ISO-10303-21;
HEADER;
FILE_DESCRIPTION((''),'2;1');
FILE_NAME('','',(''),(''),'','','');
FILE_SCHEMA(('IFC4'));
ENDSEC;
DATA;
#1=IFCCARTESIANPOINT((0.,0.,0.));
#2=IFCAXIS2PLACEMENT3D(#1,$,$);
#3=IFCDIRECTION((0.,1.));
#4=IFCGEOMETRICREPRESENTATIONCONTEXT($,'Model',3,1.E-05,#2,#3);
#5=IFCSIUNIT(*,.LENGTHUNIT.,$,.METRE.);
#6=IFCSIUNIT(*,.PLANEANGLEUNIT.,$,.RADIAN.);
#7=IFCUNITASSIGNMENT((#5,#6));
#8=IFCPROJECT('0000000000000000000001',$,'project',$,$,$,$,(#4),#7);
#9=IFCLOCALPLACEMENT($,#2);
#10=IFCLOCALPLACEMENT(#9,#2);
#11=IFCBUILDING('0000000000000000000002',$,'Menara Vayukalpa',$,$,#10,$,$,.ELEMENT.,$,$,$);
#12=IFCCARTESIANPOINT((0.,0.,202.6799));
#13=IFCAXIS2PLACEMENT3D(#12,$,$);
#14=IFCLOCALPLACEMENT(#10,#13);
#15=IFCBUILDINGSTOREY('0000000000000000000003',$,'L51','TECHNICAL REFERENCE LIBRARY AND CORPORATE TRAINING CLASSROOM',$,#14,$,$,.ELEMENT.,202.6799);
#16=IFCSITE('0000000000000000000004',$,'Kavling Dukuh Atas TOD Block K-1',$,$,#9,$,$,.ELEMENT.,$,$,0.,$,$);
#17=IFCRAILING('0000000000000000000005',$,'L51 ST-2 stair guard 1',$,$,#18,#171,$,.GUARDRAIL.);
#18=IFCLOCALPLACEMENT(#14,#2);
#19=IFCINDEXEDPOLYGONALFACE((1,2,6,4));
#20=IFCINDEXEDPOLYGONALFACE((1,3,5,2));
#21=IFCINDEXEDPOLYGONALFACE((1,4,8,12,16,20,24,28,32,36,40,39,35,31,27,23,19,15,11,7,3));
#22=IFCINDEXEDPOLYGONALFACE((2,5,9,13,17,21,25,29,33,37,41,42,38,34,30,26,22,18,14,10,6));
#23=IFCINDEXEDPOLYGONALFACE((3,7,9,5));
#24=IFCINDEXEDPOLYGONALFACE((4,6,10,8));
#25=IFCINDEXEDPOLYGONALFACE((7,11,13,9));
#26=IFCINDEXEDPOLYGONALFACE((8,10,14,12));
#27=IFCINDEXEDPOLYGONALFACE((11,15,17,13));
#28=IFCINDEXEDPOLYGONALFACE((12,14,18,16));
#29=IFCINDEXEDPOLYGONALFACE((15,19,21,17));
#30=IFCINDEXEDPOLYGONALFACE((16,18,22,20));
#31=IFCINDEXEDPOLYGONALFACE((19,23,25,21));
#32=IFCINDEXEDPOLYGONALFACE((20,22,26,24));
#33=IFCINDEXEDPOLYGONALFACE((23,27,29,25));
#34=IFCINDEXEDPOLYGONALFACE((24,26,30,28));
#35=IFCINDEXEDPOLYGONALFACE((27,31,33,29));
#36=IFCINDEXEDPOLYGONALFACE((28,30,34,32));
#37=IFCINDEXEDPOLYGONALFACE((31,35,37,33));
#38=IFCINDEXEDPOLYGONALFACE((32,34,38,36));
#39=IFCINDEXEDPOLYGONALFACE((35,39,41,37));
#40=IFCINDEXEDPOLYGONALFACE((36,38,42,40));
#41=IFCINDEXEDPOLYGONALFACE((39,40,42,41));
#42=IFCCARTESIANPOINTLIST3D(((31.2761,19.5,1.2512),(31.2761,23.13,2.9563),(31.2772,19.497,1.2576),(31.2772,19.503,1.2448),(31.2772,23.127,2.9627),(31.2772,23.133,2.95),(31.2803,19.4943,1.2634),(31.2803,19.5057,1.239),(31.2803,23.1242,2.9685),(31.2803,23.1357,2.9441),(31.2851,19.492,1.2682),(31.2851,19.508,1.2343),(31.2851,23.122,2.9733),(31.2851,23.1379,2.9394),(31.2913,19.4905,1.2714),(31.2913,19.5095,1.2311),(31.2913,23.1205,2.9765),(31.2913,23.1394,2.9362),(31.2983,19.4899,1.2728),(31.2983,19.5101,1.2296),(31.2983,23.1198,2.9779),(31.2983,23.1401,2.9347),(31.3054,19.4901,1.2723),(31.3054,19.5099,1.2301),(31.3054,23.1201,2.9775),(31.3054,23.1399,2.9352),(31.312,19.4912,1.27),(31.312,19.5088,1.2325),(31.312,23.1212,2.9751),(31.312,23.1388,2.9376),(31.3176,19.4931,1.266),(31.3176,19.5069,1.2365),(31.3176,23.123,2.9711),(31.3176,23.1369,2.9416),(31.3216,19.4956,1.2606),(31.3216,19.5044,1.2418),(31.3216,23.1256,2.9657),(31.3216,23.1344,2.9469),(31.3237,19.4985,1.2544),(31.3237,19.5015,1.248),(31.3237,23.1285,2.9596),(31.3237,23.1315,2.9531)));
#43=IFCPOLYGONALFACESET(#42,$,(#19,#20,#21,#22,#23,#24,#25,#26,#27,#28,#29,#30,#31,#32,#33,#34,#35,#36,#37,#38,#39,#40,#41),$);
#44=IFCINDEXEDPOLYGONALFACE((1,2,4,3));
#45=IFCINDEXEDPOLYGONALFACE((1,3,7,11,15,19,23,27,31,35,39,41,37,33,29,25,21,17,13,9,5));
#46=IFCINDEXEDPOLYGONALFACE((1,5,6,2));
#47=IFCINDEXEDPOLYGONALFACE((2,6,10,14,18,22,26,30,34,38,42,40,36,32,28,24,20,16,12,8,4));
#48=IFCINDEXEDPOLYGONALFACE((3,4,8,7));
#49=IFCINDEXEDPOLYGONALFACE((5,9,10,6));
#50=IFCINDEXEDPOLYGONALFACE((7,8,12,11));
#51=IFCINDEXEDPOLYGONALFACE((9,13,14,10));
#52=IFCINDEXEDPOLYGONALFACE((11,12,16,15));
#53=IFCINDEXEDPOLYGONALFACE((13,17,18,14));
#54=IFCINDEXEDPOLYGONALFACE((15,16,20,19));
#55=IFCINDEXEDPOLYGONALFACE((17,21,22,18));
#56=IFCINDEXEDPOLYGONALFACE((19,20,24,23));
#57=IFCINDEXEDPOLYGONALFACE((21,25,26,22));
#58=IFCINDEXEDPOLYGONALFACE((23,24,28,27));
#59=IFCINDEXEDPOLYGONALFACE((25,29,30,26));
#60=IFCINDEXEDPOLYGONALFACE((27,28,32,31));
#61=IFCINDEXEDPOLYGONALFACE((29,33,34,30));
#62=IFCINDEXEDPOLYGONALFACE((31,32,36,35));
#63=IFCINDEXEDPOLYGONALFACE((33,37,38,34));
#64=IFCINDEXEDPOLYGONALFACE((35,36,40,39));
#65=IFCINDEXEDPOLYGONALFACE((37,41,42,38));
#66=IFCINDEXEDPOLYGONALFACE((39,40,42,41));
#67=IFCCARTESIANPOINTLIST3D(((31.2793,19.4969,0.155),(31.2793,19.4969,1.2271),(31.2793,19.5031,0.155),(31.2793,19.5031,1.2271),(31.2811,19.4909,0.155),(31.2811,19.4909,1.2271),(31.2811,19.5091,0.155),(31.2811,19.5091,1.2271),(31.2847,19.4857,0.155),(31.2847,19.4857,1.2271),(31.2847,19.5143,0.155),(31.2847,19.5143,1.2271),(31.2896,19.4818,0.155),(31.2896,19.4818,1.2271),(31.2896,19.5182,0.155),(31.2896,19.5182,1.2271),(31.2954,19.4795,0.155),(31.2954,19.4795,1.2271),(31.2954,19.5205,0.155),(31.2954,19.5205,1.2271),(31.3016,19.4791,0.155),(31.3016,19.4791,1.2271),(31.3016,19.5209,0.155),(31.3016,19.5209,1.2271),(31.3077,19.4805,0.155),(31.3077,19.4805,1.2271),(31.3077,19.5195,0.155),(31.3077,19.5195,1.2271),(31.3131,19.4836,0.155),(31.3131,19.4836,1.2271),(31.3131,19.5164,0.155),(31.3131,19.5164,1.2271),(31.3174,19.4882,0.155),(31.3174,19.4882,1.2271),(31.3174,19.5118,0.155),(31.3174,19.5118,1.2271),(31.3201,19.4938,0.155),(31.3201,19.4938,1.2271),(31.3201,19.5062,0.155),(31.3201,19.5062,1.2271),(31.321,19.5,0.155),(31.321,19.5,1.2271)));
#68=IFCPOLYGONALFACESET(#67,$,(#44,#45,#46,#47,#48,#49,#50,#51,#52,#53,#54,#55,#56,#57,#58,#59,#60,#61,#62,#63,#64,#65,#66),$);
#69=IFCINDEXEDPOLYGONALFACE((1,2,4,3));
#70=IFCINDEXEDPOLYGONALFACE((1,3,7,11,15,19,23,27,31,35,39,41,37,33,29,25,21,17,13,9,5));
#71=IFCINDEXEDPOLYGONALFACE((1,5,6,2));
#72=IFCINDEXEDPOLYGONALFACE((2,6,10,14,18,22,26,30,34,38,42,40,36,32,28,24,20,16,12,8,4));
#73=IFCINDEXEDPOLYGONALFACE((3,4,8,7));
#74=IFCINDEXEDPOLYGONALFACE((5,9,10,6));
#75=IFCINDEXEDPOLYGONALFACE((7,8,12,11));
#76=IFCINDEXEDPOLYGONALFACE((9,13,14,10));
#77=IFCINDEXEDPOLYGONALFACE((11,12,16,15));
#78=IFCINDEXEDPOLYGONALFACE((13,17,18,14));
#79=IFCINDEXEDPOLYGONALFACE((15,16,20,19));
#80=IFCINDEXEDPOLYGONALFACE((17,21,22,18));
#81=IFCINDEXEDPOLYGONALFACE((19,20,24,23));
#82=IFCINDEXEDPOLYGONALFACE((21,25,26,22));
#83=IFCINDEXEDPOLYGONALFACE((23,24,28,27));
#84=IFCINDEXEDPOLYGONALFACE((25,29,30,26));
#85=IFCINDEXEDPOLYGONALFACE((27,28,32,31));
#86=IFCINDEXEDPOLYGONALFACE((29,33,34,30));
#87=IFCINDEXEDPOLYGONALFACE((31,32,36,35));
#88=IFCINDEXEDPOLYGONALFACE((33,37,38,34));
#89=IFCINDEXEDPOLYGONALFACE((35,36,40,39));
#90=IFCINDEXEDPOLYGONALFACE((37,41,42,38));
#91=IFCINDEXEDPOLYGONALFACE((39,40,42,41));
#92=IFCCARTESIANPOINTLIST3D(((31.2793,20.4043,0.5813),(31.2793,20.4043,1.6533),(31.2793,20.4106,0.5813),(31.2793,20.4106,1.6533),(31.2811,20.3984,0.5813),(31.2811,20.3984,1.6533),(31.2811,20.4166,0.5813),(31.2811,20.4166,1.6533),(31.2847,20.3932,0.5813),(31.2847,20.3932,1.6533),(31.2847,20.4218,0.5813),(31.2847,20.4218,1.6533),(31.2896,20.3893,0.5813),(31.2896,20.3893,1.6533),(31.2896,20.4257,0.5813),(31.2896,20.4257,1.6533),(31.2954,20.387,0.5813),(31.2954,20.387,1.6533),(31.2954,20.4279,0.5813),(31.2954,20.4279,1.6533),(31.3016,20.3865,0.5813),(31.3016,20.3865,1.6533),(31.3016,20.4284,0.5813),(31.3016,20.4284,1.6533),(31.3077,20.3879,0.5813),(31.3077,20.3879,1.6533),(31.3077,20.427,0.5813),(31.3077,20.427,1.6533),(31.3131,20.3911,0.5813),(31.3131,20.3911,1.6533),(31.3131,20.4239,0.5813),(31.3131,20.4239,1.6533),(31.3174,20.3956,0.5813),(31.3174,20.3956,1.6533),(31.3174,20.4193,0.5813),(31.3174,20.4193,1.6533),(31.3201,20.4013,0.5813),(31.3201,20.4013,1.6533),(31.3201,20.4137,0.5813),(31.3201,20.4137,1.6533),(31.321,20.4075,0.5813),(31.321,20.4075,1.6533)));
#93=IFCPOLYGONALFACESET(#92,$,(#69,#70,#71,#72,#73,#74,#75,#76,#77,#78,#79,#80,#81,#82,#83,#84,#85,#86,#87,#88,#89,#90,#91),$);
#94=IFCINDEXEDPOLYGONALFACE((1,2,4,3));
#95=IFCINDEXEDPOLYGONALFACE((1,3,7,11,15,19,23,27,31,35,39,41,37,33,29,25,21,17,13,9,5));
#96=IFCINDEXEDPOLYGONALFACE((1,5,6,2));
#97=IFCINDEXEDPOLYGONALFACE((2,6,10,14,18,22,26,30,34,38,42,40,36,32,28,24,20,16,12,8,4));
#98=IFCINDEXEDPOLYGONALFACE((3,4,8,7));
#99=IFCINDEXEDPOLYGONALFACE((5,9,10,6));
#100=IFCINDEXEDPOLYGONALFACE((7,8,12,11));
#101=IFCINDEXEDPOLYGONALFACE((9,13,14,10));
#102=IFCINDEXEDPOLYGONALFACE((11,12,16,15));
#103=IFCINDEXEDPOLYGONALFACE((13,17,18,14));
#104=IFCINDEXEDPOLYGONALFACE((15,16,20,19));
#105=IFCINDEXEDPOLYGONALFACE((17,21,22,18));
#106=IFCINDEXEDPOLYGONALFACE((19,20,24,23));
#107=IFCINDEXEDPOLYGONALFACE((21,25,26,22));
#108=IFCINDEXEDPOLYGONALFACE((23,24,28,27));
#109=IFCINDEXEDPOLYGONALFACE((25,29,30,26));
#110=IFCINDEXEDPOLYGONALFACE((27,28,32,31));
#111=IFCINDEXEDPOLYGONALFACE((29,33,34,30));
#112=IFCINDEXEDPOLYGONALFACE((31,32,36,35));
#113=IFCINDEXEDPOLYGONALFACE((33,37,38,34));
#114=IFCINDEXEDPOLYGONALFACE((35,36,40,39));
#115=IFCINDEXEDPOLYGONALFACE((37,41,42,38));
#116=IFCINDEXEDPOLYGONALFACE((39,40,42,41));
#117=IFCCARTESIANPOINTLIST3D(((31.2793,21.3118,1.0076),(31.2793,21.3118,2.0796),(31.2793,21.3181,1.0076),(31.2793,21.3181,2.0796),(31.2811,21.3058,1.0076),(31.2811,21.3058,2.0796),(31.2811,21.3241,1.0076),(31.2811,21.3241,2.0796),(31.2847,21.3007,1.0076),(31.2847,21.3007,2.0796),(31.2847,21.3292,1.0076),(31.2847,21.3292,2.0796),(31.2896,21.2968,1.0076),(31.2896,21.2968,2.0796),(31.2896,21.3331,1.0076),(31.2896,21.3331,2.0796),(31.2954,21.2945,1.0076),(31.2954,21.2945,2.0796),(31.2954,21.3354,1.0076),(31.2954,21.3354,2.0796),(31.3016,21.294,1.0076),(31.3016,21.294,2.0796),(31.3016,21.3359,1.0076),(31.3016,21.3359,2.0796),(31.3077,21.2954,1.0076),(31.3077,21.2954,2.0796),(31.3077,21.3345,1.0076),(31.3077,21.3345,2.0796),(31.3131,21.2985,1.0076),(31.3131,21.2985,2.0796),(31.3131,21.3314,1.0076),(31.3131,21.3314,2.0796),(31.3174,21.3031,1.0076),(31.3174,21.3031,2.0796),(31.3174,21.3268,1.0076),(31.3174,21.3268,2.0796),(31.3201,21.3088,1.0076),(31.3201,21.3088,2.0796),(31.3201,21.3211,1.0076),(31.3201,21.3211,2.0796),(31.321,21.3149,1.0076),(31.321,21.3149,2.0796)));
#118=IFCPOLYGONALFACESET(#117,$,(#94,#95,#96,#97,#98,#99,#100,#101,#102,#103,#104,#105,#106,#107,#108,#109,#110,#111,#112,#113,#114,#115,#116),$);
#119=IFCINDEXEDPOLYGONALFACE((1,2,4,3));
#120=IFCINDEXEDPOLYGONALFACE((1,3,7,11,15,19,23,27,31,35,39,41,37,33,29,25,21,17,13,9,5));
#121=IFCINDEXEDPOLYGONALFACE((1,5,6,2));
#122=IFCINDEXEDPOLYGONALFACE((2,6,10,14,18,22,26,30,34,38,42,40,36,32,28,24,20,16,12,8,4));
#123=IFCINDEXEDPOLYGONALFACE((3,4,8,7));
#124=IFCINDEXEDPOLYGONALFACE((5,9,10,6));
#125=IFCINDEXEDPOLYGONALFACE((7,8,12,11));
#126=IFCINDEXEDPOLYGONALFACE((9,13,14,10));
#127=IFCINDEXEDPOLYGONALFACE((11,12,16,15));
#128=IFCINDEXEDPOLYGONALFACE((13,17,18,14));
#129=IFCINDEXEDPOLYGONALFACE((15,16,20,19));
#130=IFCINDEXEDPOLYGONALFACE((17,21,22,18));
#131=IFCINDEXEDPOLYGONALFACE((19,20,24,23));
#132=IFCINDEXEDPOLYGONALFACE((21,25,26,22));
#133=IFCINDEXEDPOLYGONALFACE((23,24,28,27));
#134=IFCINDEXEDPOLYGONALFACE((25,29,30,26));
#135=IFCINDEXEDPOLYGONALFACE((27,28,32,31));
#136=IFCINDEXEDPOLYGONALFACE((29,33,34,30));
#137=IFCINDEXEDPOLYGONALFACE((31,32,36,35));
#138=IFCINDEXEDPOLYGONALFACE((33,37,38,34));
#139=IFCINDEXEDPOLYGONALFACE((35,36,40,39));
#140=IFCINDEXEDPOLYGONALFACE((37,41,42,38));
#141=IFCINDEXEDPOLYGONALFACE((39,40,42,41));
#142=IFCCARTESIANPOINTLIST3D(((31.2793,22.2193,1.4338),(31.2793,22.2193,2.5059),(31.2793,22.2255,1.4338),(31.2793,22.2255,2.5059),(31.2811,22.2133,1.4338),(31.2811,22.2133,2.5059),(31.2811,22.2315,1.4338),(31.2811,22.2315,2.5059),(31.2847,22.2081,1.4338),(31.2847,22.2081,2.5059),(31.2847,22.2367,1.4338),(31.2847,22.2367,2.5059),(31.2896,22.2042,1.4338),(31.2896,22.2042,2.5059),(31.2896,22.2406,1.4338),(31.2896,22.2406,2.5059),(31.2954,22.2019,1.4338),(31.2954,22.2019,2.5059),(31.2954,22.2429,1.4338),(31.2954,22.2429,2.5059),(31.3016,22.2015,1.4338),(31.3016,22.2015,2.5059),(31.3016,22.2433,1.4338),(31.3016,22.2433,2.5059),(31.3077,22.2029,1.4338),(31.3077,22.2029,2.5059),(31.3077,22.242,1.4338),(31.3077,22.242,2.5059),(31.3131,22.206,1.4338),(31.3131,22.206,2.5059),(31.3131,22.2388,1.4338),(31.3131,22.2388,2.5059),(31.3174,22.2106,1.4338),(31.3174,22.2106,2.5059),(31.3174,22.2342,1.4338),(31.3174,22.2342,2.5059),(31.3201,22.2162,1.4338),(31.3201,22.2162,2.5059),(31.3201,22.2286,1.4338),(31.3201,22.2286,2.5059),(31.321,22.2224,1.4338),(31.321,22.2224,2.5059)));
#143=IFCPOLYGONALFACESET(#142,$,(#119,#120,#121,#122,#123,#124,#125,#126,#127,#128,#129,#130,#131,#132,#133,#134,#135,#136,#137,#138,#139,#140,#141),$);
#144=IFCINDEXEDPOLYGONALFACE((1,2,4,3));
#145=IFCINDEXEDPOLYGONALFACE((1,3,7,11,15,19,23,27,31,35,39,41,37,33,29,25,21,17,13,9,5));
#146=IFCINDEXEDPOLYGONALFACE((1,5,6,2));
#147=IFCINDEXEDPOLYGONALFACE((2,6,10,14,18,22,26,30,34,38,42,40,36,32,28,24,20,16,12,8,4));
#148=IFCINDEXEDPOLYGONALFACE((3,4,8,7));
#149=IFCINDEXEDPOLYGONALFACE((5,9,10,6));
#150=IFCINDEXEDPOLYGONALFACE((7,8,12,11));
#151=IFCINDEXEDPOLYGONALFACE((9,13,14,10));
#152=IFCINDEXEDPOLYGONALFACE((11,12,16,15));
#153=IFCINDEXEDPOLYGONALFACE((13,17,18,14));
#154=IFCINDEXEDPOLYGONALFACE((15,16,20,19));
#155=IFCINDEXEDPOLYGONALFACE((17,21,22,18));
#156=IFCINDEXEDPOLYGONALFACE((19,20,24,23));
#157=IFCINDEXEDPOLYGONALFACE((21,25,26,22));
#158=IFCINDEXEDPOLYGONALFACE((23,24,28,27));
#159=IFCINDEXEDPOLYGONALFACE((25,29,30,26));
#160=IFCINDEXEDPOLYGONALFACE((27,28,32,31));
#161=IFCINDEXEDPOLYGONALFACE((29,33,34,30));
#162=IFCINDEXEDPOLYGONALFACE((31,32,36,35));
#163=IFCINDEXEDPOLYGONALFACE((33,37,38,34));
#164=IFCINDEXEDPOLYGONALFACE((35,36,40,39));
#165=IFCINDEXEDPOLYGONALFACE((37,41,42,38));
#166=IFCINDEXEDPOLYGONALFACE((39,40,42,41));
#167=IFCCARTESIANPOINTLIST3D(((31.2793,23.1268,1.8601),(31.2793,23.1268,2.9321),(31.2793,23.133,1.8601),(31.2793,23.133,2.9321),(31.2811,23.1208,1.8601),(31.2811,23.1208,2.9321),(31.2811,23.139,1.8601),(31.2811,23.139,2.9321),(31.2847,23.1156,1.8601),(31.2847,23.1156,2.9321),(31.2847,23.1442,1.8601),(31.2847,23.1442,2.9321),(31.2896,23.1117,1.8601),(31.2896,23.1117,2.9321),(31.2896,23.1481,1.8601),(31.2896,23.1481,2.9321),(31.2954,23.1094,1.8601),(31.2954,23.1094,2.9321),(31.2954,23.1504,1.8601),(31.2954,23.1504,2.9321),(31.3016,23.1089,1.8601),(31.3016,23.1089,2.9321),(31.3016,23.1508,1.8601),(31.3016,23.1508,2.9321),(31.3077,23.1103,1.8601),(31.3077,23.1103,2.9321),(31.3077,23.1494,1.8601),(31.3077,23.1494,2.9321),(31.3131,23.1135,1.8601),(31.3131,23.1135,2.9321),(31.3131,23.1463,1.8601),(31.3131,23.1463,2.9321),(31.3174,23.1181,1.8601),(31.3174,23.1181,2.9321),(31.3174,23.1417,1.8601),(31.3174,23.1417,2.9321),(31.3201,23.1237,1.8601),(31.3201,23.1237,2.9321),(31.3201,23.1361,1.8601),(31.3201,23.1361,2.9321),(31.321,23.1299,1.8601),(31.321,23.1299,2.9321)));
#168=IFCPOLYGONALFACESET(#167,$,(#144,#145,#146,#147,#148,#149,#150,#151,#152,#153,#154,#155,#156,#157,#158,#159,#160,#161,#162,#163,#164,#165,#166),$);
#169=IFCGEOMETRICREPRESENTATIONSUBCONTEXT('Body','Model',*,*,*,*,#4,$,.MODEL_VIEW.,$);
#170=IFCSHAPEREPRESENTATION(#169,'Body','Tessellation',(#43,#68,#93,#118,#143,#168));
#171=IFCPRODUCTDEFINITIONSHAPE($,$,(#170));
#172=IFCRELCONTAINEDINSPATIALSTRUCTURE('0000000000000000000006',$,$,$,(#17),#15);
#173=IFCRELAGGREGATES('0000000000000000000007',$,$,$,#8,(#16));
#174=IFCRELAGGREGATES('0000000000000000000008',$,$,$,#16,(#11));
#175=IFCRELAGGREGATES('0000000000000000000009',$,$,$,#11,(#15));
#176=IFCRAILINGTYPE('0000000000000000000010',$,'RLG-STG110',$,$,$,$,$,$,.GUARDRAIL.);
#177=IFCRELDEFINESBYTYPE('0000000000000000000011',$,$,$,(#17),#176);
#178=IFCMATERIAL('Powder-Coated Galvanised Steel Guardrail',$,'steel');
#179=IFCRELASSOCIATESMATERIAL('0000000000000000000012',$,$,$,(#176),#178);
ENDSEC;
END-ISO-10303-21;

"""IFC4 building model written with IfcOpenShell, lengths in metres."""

from ifc_helpers import new_model, si_unit, direction, frame, origin, origin_2d, place, context, subcontext, project, spatial, circle, extrude, material, type_object, element, save


model = new_model("IFC4")

# Units and contexts
model_context = context("Model", 3, precision=1e-05, world=origin(), true_north=direction((0.0, 1.0)))
body_context = subcontext(model_context, "Body", "Model", "MODEL_VIEW")
ifc_project = project(units=[si_unit("LENGTHUNIT", "METRE"), si_unit("PLANEANGLEUNIT", "RADIAN")], contexts=[model_context])

# Site, building, storey
site_placement = place(None, origin())
site = spatial("IfcSite", under=ifc_project, at=site_placement, Name="Kavling Dukuh Atas TOD Block K-1", CompositionType="ELEMENT", RefElevation=0.0)
building_placement = place(site_placement, origin())
building = spatial("IfcBuilding", under=site, at=building_placement, Name="Menara Vayukalpa", CompositionType="ELEMENT")
storey_placement = place(building_placement, frame((0.0, 0.0, 202.6799)))
storey = spatial("IfcBuildingStorey", under=building, at=storey_placement, Name="L51", Description="TECHNICAL REFERENCE LIBRARY AND CORPORATE TRAINING CLASSROOM", CompositionType="ELEMENT", Elevation=202.6799)

# Railing
ifc_material_1 = material(Name="Powder-Coated Galvanised Steel Guardrail", Category="steel")
railing_type_1 = type_object("IfcRailingType", Name="RLG-STG110", PredefinedType="GUARDRAIL", material=ifc_material_1)
railing_1_placement = place(storey_placement, frame((31.3, 19.5, 0.155)))
element("IfcRailing", 1, at=railing_1_placement, inside=storey, type_object=railing_type_1, Name="L51 ST-2 stair guard 1", PredefinedType="GUARDRAIL", context=body_context, shape_type="SweptSolid", body=[
    extrude(circle(Radius=0.0239, at=origin_2d()), frame((0.0, 0.0, 1.0962), z_axis=(0.0, 0.905116, 0.425164), x_axis=(-1.0, 0.0, 0.0)), (0.0, 0.0, 1.0), 4.0105),
    extrude(circle(Radius=0.021, at=origin_2d()), origin(), (0.0, 0.0, 1.0), 1.072),
    extrude(circle(Radius=0.021, at=origin_2d()), frame((0.0, 0.9075, 0.4263)), (0.0, 0.0, 1.0), 1.072),
    extrude(circle(Radius=0.021, at=origin_2d()), frame((0.0, 1.8149, 0.8525)), (0.0, 0.0, 1.0), 1.072),
    extrude(circle(Radius=0.021, at=origin_2d()), frame((0.0, 2.7224, 1.2788)), (0.0, 0.0, 1.0), 1.072),
    extrude(circle(Radius=0.021, at=origin_2d()), frame((0.0, 3.6299, 1.7051)), (0.0, 0.0, 1.0), 1.072),
])

save(model, "model.ifc")
